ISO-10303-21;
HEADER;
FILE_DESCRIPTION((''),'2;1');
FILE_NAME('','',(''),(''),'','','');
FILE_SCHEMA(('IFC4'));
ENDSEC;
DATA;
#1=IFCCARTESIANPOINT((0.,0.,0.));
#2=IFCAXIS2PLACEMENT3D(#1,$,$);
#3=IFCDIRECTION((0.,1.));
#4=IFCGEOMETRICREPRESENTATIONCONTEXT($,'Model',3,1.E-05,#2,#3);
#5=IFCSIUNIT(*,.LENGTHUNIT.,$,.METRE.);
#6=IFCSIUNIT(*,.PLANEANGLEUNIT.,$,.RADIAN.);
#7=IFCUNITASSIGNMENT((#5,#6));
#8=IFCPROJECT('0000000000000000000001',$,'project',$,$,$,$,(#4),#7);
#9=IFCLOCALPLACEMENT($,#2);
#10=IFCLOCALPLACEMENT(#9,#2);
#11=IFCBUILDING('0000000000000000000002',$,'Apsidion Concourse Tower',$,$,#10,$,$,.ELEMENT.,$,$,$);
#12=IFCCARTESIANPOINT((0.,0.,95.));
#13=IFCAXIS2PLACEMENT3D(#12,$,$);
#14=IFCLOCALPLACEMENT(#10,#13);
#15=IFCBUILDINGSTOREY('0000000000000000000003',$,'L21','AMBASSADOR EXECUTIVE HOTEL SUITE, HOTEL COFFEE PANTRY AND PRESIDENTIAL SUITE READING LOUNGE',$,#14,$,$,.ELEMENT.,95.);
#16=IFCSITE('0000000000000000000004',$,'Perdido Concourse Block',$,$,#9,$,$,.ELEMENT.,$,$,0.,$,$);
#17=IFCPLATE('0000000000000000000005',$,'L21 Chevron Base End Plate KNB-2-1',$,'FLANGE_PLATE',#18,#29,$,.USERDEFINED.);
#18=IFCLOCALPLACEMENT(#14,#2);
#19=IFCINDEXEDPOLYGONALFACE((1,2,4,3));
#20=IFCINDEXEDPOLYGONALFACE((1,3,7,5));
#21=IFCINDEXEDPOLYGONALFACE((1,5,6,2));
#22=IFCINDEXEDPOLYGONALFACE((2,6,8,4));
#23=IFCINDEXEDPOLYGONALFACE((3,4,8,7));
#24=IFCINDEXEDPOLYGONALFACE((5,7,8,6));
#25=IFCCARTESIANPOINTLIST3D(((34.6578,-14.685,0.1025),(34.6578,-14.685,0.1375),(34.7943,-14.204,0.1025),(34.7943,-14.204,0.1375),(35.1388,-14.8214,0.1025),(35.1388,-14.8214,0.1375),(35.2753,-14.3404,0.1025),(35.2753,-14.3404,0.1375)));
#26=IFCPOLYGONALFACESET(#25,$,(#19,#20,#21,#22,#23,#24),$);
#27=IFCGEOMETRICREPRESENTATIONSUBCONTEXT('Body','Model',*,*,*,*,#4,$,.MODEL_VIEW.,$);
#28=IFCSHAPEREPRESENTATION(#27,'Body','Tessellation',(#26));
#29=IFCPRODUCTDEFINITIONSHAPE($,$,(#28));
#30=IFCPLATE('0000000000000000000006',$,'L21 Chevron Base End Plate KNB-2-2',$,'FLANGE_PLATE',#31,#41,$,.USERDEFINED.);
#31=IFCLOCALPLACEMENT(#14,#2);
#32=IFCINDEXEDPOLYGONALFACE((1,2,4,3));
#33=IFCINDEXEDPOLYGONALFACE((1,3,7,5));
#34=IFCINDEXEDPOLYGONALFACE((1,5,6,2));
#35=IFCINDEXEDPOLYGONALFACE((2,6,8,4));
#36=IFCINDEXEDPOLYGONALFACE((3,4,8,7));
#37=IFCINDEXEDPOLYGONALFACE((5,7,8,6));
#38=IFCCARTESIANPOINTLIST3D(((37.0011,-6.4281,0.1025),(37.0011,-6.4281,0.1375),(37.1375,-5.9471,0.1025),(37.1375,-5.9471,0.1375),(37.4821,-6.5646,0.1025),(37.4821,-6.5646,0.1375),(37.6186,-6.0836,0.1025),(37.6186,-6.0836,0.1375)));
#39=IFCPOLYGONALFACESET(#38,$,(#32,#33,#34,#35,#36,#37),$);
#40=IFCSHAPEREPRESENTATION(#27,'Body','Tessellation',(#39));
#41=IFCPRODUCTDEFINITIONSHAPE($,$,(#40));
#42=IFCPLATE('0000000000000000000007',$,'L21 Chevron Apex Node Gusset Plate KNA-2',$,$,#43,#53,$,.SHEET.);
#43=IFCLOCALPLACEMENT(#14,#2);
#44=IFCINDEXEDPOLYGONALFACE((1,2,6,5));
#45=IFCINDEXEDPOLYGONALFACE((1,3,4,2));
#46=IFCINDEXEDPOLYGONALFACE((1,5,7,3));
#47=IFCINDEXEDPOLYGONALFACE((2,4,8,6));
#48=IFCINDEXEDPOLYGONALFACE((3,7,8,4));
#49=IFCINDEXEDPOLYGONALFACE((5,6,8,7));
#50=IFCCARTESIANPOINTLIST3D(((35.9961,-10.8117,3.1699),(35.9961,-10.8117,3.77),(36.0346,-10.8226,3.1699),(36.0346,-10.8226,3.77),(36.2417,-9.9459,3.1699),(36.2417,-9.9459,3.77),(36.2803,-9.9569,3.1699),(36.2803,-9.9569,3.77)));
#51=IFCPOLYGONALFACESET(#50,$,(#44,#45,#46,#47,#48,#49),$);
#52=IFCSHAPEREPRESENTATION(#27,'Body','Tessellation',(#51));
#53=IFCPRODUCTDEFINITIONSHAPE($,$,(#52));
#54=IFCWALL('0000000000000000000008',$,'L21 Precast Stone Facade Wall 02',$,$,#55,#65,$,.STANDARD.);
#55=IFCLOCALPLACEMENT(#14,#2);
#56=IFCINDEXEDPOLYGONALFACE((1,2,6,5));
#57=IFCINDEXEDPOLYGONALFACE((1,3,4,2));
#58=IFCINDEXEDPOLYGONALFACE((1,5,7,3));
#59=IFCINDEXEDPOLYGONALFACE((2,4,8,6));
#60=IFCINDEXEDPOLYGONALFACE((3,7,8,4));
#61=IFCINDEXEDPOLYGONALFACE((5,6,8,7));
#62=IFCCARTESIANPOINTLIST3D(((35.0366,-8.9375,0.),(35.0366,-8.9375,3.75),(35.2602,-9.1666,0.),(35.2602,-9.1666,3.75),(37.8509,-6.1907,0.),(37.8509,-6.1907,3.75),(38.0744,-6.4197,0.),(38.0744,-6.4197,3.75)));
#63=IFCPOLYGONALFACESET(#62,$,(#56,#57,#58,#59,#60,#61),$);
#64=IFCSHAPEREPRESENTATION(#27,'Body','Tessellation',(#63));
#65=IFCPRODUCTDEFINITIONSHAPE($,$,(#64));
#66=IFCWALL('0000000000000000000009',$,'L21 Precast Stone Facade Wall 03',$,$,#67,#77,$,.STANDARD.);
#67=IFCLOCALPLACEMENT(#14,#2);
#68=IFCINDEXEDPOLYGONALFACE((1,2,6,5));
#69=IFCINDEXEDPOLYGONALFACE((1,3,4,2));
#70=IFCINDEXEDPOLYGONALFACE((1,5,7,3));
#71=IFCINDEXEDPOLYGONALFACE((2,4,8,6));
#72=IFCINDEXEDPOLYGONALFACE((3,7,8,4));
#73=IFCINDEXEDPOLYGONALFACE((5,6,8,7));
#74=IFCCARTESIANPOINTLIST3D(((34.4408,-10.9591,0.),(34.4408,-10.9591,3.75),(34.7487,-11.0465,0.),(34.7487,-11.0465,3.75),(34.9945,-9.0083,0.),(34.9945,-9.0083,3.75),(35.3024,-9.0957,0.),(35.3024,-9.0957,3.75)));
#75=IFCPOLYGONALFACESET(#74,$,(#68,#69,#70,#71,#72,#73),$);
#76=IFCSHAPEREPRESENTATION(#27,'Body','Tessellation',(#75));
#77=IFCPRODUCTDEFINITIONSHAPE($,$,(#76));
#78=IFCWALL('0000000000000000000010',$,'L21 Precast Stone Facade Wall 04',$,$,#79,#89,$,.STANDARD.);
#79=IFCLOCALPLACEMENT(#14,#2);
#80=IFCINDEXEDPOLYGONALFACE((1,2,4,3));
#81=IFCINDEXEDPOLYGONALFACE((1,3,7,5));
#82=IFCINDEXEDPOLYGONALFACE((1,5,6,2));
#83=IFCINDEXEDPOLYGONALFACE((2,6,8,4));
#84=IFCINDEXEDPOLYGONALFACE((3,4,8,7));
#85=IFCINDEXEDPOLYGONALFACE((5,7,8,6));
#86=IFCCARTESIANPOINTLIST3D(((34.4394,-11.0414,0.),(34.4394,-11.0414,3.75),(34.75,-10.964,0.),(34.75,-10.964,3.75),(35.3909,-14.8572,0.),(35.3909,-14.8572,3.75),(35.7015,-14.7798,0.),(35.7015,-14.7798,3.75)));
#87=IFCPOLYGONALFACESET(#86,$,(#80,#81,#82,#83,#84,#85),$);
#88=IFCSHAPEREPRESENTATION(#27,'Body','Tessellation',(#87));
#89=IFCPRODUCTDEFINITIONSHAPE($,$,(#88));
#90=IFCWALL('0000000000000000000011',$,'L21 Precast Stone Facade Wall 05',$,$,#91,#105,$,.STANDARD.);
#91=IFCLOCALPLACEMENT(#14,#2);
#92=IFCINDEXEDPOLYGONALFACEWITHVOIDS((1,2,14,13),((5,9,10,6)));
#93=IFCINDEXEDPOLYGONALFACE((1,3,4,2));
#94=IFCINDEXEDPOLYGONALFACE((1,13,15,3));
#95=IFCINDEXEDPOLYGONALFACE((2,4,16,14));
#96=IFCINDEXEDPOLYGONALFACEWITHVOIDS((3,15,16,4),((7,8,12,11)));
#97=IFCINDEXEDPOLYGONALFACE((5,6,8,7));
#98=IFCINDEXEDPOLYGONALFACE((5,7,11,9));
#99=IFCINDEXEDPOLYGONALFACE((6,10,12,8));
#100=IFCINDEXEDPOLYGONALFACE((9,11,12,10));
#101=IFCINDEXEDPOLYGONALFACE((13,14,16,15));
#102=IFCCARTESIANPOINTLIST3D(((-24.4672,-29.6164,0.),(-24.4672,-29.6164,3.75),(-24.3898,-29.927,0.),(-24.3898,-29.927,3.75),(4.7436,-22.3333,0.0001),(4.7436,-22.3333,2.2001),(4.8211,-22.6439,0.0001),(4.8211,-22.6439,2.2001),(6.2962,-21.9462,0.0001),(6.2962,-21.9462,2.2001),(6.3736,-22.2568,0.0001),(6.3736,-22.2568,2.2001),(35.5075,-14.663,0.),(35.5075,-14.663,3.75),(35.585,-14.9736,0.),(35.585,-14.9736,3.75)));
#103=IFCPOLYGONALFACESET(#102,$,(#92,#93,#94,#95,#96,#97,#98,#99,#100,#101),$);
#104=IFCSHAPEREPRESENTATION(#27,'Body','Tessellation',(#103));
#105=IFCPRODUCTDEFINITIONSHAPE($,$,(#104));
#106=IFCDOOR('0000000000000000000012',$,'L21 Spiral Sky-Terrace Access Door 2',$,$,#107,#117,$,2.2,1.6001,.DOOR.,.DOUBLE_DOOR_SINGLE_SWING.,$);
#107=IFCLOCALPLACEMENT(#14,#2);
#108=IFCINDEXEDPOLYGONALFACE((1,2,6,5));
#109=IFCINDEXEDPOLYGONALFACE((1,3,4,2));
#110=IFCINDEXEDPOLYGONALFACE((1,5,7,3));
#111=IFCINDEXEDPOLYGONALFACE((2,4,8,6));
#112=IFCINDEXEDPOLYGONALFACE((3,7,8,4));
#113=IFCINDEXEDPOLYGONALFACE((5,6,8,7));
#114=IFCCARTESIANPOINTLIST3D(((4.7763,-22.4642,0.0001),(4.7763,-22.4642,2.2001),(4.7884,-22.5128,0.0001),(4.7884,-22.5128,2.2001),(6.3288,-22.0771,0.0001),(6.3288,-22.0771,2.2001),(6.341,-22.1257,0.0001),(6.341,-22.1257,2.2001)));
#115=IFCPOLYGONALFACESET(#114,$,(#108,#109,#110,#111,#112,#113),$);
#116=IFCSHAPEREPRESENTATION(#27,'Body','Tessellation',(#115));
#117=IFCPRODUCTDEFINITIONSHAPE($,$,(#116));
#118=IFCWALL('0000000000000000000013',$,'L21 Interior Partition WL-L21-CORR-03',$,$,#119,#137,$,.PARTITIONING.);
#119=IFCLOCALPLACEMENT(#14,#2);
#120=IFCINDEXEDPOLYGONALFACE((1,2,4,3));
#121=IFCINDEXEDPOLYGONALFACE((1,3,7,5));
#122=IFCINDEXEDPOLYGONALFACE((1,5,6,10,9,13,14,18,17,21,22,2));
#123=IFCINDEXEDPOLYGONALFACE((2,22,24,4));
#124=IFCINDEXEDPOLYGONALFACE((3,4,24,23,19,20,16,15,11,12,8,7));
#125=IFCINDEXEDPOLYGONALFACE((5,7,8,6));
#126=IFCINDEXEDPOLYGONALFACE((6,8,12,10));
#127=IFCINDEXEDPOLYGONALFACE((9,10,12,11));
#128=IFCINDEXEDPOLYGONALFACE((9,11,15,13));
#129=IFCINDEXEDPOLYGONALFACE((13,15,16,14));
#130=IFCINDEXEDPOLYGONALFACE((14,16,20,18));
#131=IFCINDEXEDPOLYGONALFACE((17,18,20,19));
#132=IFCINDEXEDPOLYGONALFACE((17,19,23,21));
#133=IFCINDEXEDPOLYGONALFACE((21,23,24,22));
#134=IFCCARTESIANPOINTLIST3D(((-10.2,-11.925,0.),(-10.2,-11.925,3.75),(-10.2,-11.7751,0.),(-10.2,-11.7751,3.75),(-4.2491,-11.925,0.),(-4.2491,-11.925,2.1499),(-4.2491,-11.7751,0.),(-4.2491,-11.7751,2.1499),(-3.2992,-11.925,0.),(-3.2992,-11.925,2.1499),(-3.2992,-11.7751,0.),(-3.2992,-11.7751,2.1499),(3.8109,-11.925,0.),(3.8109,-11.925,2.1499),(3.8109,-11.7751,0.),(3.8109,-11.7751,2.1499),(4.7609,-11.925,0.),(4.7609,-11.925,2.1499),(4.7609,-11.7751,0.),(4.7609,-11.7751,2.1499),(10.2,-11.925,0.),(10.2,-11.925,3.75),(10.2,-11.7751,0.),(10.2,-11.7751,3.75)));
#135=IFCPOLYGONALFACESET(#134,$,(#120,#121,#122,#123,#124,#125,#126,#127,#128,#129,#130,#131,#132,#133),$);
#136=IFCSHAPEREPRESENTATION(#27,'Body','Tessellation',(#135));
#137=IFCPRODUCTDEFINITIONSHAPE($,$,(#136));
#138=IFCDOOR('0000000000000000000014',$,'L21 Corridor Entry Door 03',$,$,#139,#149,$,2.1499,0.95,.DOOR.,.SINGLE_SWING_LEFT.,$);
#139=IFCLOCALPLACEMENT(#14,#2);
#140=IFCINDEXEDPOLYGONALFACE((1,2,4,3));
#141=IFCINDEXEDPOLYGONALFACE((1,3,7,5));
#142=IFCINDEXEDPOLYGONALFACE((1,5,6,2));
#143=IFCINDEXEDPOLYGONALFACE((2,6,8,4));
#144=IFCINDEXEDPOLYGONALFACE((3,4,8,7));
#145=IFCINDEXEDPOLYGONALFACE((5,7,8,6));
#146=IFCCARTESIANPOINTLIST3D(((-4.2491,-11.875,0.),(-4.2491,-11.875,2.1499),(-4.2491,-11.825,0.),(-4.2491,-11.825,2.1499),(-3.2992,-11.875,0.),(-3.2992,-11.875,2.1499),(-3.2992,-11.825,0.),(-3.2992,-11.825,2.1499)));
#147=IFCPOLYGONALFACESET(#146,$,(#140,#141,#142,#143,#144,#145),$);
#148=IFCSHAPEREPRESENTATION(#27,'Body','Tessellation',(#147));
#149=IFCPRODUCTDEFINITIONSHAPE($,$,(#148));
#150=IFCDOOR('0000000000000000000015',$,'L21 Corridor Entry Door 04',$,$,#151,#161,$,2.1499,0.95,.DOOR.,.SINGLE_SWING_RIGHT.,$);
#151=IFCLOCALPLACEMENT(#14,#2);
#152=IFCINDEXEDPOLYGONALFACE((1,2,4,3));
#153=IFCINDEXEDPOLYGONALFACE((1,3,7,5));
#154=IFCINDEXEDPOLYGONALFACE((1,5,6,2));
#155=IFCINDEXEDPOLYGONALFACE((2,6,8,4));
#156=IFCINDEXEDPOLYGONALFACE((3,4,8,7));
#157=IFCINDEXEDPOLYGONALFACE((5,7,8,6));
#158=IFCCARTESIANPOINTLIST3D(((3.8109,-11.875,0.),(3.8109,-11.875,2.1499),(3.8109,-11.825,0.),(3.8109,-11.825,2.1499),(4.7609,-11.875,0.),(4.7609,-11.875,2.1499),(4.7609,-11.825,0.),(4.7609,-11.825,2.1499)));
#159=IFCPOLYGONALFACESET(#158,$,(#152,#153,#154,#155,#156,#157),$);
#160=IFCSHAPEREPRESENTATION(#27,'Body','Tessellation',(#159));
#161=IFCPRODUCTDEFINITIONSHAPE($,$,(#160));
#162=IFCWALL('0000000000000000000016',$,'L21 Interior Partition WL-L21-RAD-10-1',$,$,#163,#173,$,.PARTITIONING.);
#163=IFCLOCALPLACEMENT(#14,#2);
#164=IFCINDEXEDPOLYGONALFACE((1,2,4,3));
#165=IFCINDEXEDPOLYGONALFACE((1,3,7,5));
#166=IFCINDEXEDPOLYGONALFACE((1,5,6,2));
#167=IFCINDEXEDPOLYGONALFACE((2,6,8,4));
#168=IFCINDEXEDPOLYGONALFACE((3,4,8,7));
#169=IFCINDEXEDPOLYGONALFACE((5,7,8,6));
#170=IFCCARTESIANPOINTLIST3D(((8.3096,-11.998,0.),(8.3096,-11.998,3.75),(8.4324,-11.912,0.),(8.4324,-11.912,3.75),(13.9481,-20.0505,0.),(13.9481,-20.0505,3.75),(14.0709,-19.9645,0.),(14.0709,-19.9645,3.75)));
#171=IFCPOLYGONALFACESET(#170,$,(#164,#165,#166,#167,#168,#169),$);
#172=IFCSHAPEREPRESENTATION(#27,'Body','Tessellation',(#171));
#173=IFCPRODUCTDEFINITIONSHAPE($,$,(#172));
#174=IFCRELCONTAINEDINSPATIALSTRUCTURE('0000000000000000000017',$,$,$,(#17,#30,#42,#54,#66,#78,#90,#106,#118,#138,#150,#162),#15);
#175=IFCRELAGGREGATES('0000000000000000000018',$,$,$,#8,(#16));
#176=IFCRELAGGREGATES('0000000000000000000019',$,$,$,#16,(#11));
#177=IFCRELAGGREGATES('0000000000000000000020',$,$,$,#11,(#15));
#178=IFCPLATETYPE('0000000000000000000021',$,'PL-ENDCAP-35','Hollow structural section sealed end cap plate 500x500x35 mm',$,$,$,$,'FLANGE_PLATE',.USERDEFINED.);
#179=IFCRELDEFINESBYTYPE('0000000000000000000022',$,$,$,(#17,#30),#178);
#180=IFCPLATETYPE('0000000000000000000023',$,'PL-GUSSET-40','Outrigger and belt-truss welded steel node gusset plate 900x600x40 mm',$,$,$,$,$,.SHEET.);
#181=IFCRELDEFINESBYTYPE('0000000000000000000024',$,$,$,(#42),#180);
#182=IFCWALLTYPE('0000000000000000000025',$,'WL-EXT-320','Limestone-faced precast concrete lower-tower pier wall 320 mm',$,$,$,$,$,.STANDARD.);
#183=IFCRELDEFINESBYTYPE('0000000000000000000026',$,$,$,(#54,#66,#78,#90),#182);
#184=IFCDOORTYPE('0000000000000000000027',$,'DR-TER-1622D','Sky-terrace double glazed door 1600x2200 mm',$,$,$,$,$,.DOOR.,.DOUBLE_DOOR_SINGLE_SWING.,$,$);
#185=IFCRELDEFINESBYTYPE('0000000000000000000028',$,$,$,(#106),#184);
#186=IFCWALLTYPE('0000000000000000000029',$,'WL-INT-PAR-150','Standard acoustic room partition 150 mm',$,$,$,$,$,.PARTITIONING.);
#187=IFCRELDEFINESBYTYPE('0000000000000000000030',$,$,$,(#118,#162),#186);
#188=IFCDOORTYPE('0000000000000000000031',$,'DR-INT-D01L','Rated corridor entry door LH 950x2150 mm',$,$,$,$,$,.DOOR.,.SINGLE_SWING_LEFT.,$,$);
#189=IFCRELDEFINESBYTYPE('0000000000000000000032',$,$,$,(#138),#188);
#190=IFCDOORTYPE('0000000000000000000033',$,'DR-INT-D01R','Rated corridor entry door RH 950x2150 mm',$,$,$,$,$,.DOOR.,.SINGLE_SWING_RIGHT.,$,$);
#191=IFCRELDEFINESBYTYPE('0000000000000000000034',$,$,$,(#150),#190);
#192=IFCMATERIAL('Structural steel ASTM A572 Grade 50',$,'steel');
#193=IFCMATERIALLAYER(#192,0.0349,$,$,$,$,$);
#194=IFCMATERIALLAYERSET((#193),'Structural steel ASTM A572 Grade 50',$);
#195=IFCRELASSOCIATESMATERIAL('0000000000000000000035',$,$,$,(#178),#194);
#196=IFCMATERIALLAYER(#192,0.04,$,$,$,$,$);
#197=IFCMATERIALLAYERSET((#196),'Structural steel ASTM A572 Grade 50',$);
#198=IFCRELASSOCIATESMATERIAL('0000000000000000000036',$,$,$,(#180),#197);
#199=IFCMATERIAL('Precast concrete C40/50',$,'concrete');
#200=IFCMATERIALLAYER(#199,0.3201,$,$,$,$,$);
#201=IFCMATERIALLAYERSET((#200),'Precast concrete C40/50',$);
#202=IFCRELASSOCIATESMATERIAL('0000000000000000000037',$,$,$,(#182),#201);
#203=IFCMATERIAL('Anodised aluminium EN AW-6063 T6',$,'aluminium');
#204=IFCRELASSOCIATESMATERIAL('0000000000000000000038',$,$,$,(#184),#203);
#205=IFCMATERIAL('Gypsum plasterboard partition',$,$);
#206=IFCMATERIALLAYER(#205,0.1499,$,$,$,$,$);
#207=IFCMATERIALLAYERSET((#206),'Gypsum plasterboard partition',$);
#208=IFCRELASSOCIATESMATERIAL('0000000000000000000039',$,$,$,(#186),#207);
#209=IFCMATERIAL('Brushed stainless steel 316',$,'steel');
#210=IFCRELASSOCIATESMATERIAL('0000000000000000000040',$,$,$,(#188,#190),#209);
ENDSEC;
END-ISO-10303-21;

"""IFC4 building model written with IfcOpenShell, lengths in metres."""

from ifc_helpers import new_model, si_unit, direction, frame, frame_2d, origin, origin_2d, place, context, subcontext, project, spatial, rectangle, extrude, material, layer, layer_set, type_object, element, fill, save


model = new_model("IFC4")

# Units and contexts
model_context = context("Model", 3, precision=1e-05, world=origin(), true_north=direction((0.0, 1.0)))
body_context = subcontext(model_context, "Body", "Model", "MODEL_VIEW")
ifc_project = project(units=[si_unit("LENGTHUNIT", "METRE"), si_unit("PLANEANGLEUNIT", "RADIAN")], contexts=[model_context])

# Site, building, storey
site_placement = place(None, origin())
site = spatial("IfcSite", under=ifc_project, at=site_placement, Name="Perdido Concourse Block", CompositionType="ELEMENT", RefElevation=0.0)
building_placement = place(site_placement, origin())
building = spatial("IfcBuilding", under=site, at=building_placement, Name="Apsidion Concourse Tower", CompositionType="ELEMENT")
storey_placement = place(building_placement, frame((0.0, 0.0, 95.0)))
storey = spatial("IfcBuildingStorey", under=building, at=storey_placement, Name="L21", Description="AMBASSADOR EXECUTIVE HOTEL SUITE, HOTEL COFFEE PANTRY AND PRESIDENTIAL SUITE READING LOUNGE", CompositionType="ELEMENT", Elevation=95.0)

# Shared definitions
ifc_material_1 = material(Name="Structural steel ASTM A572 Grade 50", Category="steel")

# Plates
ifc_layer_1 = layer(ifc_material_1, 0.0349)
ifc_layer_set_1 = layer_set([ifc_layer_1], Name="Structural steel ASTM A572 Grade 50")
plate_type_1 = type_object("IfcPlateType", Name="PL-ENDCAP-35", Description="Hollow structural section sealed end cap plate 500x500x35 mm", ElementType="FLANGE_PLATE", PredefinedType="USERDEFINED", material=ifc_layer_set_1)
for number, where, z_axis, x_axis, name in (
    (1, (34.9666, -14.5127, 0.1025), (0.0, 0.0, 1.0), (0.272952, 0.962028, 0.0), "L21 Chevron Base End Plate KNB-2-1"),
    (2, (37.3098, -6.2559, 0.1025), (0.0, 0.0, 1.0), (0.272952, 0.962028, 0.0), "L21 Chevron Base End Plate KNB-2-2"),
):
    element("IfcPlate", number, at=place(storey_placement, frame(where, z_axis=z_axis, x_axis=x_axis)), inside=storey, type_object=plate_type_1, Name=name, ObjectType="FLANGE_PLATE", PredefinedType="USERDEFINED", context=body_context, shape_type="SweptSolid", body=[
        extrude(rectangle(XDim=0.5, YDim=0.5, at=origin_2d()), origin(), (0.0, 0.0, 1.0), 0.0349),
    ])
ifc_layer_2 = layer(ifc_material_1, 0.04)
ifc_layer_set_2 = layer_set([ifc_layer_2], Name="Structural steel ASTM A572 Grade 50")
plate_type_2 = type_object("IfcPlateType", Name="PL-GUSSET-40", Description="Outrigger and belt-truss welded steel node gusset plate 900x600x40 mm", PredefinedType="SHEET", material=ifc_layer_set_2)
plate_placement = place(storey_placement, frame((36.1382, -10.3843, 3.1699), z_axis=(0.0, 0.0, 1.0), x_axis=(0.272952, 0.962028, 0.0)))
element("IfcPlate", 3, at=plate_placement, inside=storey, type_object=plate_type_2, Name="L21 Chevron Apex Node Gusset Plate KNA-2", PredefinedType="SHEET", context=body_context, shape_type="SweptSolid", body=[
    extrude(rectangle(XDim=0.8999, YDim=0.04, at=origin_2d()), origin(), (0.0, 0.0, 1.0), 0.6001),
])

# Walls
ifc_material_2 = material(Name="Precast concrete C40/50", Category="concrete")
ifc_layer_3 = layer(ifc_material_2, 0.3201)
ifc_layer_set_3 = layer_set([ifc_layer_3], Name="Precast concrete C40/50")
wall_type_1 = type_object("IfcWallType", Name="WL-EXT-320", Description="Limestone-faced precast concrete lower-tower pier wall 320 mm", PredefinedType="STANDARD", material=ifc_layer_set_3)
wall_1_placement = place(storey_placement, frame((37.9626, -6.3052, 0.0), z_axis=(0.0, 0.0, 1.0), x_axis=(-0.715622, -0.698488, 0.0)))
element("IfcWall", 4, at=wall_1_placement, inside=storey, type_object=wall_type_1, Name="L21 Precast Stone Facade Wall 02", PredefinedType="STANDARD", context=body_context, shape_type="SweptSolid", body=[
    extrude(rectangle(XDim=3.9326, YDim=0.3201, at=frame_2d((1.9663, 0.0))), origin(), (0.0, 0.0, 1.0), 3.75),
])
wall_2_placement = place(storey_placement, frame((35.1484, -9.052, 0.0), z_axis=(0.0, 0.0, 1.0), x_axis=(-0.273067, -0.961995, 0.0)))
element("IfcWall", 5, at=wall_2_placement, inside=storey, type_object=wall_type_1, Name="L21 Precast Stone Facade Wall 03", PredefinedType="STANDARD", context=body_context, shape_type="SweptSolid", body=[
    extrude(rectangle(XDim=2.0278, YDim=0.3201, at=frame_2d((1.0139, 0.0))), origin(), (0.0, 0.0, 1.0), 3.75),
])
wall_3_placement = place(storey_placement, frame((34.5947, -11.0027, 0.0), z_axis=(0.0, 0.0, 1.0), x_axis=(0.241937, -0.970292, 0.0)))
element("IfcWall", 6, at=wall_3_placement, inside=storey, type_object=wall_type_1, Name="L21 Precast Stone Facade Wall 04", PredefinedType="STANDARD", context=body_context, shape_type="SweptSolid", body=[
    extrude(rectangle(XDim=3.9326, YDim=0.3201, at=frame_2d((1.9663, 0.0))), origin(), (0.0, 0.0, 1.0), 3.75),
])

# Wall, opening, door
wall_4_placement = place(storey_placement, frame((35.5461, -14.8184, 0.0), z_axis=(0.0, 0.0, 1.0), x_axis=(-0.970296, -0.241921, 0.0)))
wall_4 = element("IfcWall", 7, at=wall_4_placement, inside=storey, type_object=wall_type_1, Name="L21 Precast Stone Facade Wall 05", PredefinedType="STANDARD", context=body_context, shape_type="SweptSolid", body=[
    extrude(rectangle(XDim=61.8108, YDim=0.3201, at=frame_2d((30.9053, 0.0))), origin(), (0.0, 0.0, 1.0), 3.75),
])
opening_1_placement = place(wall_4_placement, frame((30.1055, 0.0, 0.0)))
opening_1 = element("IfcOpeningElement", 8, at=opening_1_placement, cuts=wall_4, PredefinedType="OPENING", context=body_context, shape_type="SweptSolid", body=[
    extrude(rectangle(XDim=1.6001, YDim=2.2, at=frame_2d((0.8, 1.1001))), frame((0.0, 0.1699, 0.0), z_axis=(0.0, -1.0, 0.0), x_axis=(1.0, 0.0, 0.0)), (0.0, 0.0, 1.0), 0.3401),
])
ifc_material_3 = material(Name="Anodised aluminium EN AW-6063 T6", Category="aluminium")
door_type_1 = type_object("IfcDoorType", Name="DR-TER-1622D", Description="Sky-terrace double glazed door 1600x2200 mm", OperationType="DOUBLE_DOOR_SINGLE_SWING", PredefinedType="DOOR", material=ifc_material_3)
door_1_placement = place(opening_1_placement, origin())
door_1 = element("IfcDoor", 9, at=door_1_placement, inside=storey, type_object=door_type_1, Name="L21 Spiral Sky-Terrace Access Door 2", OperationType="DOUBLE_DOOR_SINGLE_SWING", OverallHeight=2.2, OverallWidth=1.6001, PredefinedType="DOOR", context=body_context, shape_type="SweptSolid", body=[
    extrude(rectangle(XDim=1.6001, YDim=2.2, at=frame_2d((0.8, 1.1001))), frame((0.0, 0.0249, 0.0), z_axis=(0.0, -1.0, 0.0), x_axis=(1.0, 0.0, 0.0)), (0.0, 0.0, 1.0), 0.05),
])
fill(opening_1, door_1)

# Wall, openings, doors
ifc_material_4 = material(Name="Gypsum plasterboard partition")
ifc_layer_4 = layer(ifc_material_4, 0.1499)
ifc_layer_set_4 = layer_set([ifc_layer_4], Name="Gypsum plasterboard partition")
wall_type_2 = type_object("IfcWallType", Name="WL-INT-PAR-150", Description="Standard acoustic room partition 150 mm", PredefinedType="PARTITIONING", material=ifc_layer_set_4)
wall_5_placement = place(storey_placement, frame((10.2, -11.8501, 0.0), z_axis=(0.0, 0.0, 1.0), x_axis=(-1.0, 0.0, 0.0)))
wall_5 = element("IfcWall", 10, at=wall_5_placement, inside=storey, type_object=wall_type_2, Name="L21 Interior Partition WL-L21-CORR-03", PredefinedType="PARTITIONING", context=body_context, shape_type="SweptSolid", body=[
    extrude(rectangle(XDim=20.3999, YDim=0.1499, at=frame_2d((10.2, 0.0))), origin(), (0.0, 0.0, 1.0), 3.75),
])
opening_2_placement = place(wall_5_placement, frame((13.499, 0.0, 0.0)))
opening_2 = element("IfcOpeningElement", 11, at=opening_2_placement, cuts=wall_5, PredefinedType="OPENING", context=body_context, shape_type="SweptSolid", body=[
    extrude(rectangle(XDim=0.95, YDim=2.1499, at=frame_2d((0.4751, 1.075))), frame((0.0, 0.085, 0.0), z_axis=(0.0, -1.0, 0.0), x_axis=(1.0, 0.0, 0.0)), (0.0, 0.0, 1.0), 0.1699),
])
opening_3_placement = place(wall_5_placement, frame((5.439, 0.0, 0.0)))
opening_3 = element("IfcOpeningElement", 12, at=opening_3_placement, cuts=wall_5, PredefinedType="OPENING", context=body_context, shape_type="SweptSolid", body=[
    extrude(rectangle(XDim=0.95, YDim=2.1499, at=frame_2d((0.4751, 1.075))), frame((0.0, 0.085, 0.0), z_axis=(0.0, -1.0, 0.0), x_axis=(1.0, 0.0, 0.0)), (0.0, 0.0, 1.0), 0.1699),
])
ifc_material_5 = material(Name="Brushed stainless steel 316", Category="steel")
door_type_2 = type_object("IfcDoorType", Name="DR-INT-D01L", Description="Rated corridor entry door LH 950x2150 mm", OperationType="SINGLE_SWING_LEFT", PredefinedType="DOOR", material=ifc_material_5)
door_2_placement = place(opening_2_placement, origin())
door_2 = element("IfcDoor", 13, at=door_2_placement, inside=storey, type_object=door_type_2, Name="L21 Corridor Entry Door 03", OperationType="SINGLE_SWING_LEFT", OverallHeight=2.1499, OverallWidth=0.95, PredefinedType="DOOR", context=body_context, shape_type="SweptSolid", body=[
    extrude(rectangle(XDim=0.95, YDim=2.1499, at=frame_2d((0.4751, 1.075))), frame((0.0, 0.0249, 0.0), z_axis=(0.0, -1.0, 0.0), x_axis=(1.0, 0.0, 0.0)), (0.0, 0.0, 1.0), 0.05),
])
fill(opening_2, door_2)
door_type_3 = type_object("IfcDoorType", Name="DR-INT-D01R", Description="Rated corridor entry door RH 950x2150 mm", OperationType="SINGLE_SWING_RIGHT", PredefinedType="DOOR", material=ifc_material_5)
door_3_placement = place(opening_3_placement, origin())
door_3 = element("IfcDoor", 14, at=door_3_placement, inside=storey, type_object=door_type_3, Name="L21 Corridor Entry Door 04", OperationType="SINGLE_SWING_RIGHT", OverallHeight=2.1499, OverallWidth=0.95, PredefinedType="DOOR", context=body_context, shape_type="SweptSolid", body=[
    extrude(rectangle(XDim=0.95, YDim=2.1499, at=frame_2d((0.4751, 1.075))), frame((0.0, 0.0249, 0.0), z_axis=(0.0, -1.0, 0.0), x_axis=(1.0, 0.0, 0.0)), (0.0, 0.0, 1.0), 0.05),
])
fill(opening_3, door_3)

# Wall
wall_6_placement = place(storey_placement, frame((8.3711, -11.9551, 0.0), z_axis=(0.0, 0.0, 1.0), x_axis=(0.573577, -0.819151, 0.0)))
element("IfcWall", 15, at=wall_6_placement, inside=storey, type_object=wall_type_2, Name="L21 Interior Partition WL-L21-RAD-10-1", PredefinedType="PARTITIONING", context=body_context, shape_type="SweptSolid", body=[
    extrude(rectangle(XDim=9.8303, YDim=0.1499, at=frame_2d((4.915, 0.0))), origin(), (0.0, 0.0, 1.0), 3.75),
])

save(model, "model.ifc")
